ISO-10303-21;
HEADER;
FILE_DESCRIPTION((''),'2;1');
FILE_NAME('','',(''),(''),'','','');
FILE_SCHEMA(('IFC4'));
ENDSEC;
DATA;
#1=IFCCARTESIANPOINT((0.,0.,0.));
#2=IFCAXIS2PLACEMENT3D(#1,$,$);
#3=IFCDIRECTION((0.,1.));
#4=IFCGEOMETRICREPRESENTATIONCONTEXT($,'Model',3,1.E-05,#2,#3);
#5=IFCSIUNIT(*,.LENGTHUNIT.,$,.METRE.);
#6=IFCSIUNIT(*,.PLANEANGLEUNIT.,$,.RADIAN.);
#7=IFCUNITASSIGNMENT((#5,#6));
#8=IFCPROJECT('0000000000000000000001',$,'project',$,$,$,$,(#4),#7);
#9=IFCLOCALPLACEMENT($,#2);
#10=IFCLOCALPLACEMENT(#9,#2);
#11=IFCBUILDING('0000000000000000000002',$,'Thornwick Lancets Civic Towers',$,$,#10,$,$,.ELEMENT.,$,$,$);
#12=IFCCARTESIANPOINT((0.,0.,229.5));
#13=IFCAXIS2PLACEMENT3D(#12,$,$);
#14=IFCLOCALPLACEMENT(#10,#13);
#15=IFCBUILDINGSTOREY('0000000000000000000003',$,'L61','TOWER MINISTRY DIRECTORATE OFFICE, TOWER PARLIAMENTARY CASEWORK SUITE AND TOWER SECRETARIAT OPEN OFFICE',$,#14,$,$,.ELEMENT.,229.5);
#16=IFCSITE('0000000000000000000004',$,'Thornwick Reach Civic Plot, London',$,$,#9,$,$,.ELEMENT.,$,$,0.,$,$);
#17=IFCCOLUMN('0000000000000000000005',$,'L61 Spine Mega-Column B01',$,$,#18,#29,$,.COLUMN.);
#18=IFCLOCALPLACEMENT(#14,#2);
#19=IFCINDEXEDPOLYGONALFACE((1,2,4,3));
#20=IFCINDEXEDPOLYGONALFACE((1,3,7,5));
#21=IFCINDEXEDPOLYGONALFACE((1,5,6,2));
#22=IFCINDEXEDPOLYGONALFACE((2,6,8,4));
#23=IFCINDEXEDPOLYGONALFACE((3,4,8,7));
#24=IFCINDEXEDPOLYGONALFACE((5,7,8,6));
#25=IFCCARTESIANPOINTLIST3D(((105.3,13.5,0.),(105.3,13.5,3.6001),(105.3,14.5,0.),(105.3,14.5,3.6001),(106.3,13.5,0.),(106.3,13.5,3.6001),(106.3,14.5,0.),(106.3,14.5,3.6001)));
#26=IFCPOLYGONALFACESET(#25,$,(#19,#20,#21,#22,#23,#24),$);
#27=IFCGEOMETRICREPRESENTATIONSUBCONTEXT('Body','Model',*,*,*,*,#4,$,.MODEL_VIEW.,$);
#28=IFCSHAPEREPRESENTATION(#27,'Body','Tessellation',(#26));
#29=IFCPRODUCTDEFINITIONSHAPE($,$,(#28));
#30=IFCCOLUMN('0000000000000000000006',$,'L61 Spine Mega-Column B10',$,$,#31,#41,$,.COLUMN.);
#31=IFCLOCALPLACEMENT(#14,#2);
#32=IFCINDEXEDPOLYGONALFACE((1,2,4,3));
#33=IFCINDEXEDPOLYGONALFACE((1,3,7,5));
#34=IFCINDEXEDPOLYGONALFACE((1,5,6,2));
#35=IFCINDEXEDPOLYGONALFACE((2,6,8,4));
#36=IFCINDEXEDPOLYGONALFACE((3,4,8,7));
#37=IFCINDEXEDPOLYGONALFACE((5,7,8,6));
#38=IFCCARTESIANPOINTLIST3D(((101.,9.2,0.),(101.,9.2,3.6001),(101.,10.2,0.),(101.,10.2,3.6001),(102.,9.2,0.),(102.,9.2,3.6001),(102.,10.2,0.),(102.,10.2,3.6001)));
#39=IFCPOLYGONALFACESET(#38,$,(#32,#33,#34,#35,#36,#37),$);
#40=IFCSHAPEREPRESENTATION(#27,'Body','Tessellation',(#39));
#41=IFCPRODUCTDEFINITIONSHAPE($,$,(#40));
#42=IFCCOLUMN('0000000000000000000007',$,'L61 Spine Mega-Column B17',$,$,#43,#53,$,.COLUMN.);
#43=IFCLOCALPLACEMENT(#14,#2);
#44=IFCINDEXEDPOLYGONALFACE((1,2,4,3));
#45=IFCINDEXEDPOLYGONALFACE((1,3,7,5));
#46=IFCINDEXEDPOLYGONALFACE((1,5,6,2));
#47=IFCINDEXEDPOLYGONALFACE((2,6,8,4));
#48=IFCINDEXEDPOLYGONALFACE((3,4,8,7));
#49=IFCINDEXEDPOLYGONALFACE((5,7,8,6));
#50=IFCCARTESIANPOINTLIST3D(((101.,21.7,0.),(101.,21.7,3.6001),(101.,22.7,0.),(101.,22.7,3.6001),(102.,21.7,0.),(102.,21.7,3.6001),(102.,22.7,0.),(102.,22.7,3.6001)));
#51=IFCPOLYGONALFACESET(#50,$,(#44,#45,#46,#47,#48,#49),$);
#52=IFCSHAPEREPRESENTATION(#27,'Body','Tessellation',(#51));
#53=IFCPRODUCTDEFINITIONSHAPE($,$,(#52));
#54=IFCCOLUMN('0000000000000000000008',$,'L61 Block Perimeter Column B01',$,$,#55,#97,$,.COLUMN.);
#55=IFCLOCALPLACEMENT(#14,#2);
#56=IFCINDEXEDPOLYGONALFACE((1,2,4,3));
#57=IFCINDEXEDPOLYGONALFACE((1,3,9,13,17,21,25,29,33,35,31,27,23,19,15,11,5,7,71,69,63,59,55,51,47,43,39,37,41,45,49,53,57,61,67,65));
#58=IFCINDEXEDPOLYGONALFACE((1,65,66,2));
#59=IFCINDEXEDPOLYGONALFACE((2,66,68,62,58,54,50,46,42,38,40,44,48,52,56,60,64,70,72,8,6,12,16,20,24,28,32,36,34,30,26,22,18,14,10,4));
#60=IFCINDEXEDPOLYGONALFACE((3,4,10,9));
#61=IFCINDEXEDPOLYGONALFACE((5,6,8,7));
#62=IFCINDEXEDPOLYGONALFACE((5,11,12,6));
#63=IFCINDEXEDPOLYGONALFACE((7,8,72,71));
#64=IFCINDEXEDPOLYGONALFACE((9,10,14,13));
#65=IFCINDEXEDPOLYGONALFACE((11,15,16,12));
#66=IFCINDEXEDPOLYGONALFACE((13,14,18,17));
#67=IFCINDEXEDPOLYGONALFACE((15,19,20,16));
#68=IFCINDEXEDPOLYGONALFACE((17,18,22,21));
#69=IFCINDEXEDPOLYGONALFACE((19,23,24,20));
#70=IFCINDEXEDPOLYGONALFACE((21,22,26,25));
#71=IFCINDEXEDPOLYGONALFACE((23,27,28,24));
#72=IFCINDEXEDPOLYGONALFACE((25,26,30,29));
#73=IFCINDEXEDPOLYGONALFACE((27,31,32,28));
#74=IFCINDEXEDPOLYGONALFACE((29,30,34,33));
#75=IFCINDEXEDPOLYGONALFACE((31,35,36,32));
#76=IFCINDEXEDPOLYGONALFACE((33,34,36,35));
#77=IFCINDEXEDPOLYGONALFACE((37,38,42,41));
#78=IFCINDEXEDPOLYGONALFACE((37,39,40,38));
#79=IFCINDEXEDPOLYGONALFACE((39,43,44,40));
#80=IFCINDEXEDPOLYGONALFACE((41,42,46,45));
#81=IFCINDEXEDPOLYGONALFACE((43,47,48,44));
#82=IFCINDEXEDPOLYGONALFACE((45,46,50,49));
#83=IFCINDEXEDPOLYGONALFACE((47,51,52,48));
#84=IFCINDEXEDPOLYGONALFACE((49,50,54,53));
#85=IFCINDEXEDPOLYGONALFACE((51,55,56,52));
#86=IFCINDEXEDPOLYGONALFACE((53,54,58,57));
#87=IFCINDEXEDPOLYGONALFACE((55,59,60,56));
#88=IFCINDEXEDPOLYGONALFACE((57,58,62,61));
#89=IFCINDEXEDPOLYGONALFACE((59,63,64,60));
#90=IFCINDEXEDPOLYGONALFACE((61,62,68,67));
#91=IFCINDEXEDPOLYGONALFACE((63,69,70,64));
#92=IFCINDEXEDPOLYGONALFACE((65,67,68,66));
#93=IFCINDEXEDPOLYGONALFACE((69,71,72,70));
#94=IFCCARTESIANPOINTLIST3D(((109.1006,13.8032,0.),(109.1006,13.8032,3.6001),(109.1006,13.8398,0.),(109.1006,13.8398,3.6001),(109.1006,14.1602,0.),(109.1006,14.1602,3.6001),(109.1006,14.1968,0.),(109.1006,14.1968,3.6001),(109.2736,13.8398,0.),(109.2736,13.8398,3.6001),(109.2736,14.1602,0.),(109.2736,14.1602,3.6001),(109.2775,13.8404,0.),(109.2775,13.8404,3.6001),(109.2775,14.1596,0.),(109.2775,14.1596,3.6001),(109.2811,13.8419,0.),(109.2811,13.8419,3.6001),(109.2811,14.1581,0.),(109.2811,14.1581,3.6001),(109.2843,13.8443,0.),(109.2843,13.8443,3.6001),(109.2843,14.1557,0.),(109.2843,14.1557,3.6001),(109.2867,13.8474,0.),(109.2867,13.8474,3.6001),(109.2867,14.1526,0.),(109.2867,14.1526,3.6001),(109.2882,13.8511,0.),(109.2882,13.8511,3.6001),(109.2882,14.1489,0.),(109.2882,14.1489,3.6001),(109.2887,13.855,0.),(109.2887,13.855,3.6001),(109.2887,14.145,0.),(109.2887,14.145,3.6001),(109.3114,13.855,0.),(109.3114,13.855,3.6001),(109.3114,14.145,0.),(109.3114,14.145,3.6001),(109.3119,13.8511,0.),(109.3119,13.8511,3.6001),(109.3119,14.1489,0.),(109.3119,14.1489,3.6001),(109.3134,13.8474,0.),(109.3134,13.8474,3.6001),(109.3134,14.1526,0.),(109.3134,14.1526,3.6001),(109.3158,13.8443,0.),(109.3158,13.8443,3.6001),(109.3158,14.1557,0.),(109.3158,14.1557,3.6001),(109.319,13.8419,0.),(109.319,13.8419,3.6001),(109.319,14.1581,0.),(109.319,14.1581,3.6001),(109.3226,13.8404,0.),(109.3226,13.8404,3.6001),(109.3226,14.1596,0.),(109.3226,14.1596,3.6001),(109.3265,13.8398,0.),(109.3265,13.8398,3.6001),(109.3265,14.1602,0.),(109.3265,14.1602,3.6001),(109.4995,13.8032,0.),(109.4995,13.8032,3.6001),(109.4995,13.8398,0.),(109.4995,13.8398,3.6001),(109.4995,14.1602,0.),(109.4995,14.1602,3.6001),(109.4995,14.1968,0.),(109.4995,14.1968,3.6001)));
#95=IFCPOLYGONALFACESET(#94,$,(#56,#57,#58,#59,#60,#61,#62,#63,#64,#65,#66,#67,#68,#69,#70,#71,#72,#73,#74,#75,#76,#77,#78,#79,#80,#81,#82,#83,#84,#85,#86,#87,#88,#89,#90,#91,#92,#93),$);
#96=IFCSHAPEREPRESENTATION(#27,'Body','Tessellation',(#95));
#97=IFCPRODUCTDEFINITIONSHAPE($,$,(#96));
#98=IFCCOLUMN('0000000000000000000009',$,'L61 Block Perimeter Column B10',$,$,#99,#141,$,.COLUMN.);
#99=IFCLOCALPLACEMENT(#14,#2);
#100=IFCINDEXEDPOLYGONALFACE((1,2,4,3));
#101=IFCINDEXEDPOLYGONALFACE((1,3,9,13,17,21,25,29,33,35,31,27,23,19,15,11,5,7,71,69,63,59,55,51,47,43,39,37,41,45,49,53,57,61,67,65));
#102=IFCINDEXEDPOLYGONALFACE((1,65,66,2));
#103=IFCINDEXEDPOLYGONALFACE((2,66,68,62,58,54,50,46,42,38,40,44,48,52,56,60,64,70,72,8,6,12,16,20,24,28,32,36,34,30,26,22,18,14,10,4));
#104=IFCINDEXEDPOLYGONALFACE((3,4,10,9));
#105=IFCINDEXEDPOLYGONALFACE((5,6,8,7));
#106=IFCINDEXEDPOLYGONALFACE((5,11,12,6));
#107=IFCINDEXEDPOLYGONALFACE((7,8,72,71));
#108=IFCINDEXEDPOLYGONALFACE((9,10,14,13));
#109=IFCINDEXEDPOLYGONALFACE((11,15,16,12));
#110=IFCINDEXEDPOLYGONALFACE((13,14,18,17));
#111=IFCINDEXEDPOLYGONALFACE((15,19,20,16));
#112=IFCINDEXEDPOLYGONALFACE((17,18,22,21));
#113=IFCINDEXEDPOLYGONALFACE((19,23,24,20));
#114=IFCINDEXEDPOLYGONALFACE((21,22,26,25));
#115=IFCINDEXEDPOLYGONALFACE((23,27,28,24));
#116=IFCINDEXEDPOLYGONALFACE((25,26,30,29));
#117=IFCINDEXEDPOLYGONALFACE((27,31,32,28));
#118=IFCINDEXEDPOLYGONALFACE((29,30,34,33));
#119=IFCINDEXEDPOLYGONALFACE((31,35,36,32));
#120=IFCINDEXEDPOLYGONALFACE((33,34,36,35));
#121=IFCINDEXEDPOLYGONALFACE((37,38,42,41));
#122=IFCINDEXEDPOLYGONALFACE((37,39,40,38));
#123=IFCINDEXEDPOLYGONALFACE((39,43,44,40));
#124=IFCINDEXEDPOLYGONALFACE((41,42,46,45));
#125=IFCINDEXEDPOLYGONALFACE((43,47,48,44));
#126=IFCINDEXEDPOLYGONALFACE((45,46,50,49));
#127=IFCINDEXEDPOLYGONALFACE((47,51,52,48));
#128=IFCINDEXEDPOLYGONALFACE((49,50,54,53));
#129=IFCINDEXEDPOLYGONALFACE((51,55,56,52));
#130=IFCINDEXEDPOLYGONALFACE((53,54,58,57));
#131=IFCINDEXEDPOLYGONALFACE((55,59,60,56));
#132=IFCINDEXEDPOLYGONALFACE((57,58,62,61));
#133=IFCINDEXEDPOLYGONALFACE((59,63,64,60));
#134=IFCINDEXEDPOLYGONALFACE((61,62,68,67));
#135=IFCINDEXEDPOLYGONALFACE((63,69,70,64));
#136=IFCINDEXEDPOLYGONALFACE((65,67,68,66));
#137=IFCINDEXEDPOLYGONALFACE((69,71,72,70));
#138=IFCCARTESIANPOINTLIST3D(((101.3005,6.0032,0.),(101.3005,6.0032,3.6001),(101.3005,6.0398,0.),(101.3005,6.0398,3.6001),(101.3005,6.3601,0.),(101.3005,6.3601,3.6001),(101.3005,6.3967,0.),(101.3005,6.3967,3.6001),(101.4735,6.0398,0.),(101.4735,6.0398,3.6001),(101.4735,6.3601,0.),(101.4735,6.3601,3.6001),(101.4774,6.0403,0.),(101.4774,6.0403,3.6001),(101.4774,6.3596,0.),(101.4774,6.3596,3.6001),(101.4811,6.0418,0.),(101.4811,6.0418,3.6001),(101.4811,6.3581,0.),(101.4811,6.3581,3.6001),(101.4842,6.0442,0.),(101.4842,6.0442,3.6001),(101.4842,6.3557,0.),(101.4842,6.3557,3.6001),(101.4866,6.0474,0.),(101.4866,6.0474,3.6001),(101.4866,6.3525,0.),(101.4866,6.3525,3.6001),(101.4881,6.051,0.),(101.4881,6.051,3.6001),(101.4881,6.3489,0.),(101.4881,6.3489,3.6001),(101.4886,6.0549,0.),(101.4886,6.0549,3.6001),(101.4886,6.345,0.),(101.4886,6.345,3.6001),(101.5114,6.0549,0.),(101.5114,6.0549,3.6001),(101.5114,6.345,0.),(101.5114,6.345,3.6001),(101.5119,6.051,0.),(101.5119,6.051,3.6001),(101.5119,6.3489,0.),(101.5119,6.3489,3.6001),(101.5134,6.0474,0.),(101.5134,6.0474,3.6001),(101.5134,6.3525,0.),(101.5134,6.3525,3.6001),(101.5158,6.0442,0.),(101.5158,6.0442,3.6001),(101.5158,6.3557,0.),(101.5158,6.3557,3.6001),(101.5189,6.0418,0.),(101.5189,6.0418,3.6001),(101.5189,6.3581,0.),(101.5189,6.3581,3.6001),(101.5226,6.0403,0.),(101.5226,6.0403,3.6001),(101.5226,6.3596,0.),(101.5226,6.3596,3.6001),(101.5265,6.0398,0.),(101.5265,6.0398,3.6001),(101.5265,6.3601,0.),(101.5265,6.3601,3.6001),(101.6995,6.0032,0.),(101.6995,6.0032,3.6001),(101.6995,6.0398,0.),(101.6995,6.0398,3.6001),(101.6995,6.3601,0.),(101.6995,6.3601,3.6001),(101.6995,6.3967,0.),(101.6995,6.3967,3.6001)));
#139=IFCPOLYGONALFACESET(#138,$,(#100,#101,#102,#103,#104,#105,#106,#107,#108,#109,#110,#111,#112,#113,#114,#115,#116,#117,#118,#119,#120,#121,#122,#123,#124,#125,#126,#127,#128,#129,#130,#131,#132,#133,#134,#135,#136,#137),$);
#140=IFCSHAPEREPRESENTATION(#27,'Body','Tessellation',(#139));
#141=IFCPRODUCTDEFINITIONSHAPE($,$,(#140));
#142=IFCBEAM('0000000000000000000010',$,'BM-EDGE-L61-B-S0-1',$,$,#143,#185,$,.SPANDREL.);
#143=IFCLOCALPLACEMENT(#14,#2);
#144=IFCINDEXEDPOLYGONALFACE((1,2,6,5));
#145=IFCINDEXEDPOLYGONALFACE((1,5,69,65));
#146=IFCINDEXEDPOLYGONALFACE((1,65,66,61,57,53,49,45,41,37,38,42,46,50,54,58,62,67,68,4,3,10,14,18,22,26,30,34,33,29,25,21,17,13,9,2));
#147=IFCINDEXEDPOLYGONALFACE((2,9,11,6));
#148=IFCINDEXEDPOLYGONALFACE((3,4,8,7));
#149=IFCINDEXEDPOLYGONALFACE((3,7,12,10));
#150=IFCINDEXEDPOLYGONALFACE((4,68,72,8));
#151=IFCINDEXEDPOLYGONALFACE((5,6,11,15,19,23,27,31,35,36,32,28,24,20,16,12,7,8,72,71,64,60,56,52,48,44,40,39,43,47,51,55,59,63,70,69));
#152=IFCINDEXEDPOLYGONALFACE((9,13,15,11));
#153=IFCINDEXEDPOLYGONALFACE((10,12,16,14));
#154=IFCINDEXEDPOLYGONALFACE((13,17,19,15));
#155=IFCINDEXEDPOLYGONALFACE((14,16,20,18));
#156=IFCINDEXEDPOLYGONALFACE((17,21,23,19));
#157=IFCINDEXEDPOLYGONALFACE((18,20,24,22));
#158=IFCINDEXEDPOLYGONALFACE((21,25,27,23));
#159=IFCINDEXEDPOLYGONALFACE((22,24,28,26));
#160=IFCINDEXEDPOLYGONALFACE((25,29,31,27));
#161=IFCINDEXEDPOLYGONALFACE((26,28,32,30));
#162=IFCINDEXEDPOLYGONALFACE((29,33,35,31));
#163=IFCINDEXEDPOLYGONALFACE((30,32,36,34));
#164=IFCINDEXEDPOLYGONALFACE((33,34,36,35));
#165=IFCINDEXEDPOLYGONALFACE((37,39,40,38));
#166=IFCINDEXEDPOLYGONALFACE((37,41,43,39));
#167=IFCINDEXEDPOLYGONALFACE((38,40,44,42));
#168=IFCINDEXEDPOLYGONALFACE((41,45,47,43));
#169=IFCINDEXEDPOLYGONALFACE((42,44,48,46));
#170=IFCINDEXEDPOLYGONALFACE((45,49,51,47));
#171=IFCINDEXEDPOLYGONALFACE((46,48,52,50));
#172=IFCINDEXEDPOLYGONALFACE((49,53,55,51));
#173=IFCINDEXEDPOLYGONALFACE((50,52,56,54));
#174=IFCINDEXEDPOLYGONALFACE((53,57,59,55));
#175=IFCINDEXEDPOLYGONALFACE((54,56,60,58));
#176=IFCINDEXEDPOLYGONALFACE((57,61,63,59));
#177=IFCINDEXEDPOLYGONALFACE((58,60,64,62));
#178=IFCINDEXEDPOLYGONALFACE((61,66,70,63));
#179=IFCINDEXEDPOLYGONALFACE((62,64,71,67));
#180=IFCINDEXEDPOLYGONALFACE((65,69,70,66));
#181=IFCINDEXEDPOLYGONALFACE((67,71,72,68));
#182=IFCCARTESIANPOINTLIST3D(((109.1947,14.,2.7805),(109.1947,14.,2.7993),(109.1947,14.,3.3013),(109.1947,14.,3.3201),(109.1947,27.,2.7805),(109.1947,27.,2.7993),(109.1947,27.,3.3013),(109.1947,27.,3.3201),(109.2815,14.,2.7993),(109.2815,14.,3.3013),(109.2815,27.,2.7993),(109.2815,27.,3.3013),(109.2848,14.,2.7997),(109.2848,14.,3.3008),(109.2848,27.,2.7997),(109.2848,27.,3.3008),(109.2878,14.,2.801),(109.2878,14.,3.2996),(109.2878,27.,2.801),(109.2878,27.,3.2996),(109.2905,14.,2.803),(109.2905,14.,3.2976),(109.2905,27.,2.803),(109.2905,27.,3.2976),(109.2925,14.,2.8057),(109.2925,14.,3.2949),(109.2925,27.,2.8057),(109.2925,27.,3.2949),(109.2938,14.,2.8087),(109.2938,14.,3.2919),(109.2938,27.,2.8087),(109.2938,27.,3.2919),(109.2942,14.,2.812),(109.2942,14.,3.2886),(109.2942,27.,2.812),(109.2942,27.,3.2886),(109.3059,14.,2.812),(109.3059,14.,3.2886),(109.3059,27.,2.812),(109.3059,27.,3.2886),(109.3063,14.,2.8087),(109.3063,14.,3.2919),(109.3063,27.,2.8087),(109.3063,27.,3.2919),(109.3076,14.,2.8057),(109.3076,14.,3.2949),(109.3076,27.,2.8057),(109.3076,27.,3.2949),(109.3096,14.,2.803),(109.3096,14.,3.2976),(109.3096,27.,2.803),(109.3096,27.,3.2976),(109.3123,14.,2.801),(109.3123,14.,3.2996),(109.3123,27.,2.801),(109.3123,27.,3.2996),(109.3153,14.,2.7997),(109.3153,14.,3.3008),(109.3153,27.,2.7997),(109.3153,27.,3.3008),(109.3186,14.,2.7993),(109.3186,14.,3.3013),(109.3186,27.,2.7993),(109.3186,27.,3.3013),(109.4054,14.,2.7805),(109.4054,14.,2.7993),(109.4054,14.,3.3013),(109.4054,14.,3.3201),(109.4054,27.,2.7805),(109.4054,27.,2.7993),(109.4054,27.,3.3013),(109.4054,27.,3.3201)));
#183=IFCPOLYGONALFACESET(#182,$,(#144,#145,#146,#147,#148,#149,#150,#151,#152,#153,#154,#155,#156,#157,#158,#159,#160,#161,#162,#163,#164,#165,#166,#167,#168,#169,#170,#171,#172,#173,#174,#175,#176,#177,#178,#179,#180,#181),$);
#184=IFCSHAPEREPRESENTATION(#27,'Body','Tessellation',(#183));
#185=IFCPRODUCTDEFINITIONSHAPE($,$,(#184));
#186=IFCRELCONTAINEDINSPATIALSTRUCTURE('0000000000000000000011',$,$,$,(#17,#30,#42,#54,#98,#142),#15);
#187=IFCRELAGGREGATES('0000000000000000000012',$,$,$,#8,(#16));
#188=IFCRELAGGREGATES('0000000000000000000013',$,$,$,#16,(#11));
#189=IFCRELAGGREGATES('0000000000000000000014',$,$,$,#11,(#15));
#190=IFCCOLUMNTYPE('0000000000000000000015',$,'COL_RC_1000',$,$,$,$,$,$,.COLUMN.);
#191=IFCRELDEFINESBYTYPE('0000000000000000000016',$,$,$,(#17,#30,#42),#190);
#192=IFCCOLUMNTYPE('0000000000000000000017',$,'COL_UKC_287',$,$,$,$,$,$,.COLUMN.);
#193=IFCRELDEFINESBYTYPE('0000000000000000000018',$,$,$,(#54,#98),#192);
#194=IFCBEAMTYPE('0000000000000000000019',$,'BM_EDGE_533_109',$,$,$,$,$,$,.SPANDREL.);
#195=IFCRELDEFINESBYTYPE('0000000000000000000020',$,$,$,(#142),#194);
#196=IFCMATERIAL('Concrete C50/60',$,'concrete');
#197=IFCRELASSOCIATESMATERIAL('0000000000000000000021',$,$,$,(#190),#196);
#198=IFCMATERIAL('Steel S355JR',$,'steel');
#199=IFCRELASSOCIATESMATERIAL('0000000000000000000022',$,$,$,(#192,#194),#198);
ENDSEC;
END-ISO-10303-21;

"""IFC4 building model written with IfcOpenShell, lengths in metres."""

from ifc_helpers import new_model, si_unit, direction, frame, origin, origin_2d, place, context, subcontext, project, spatial, rectangle, i_section, extrude, material, material_profile, profile_set, type_object, element, save


model = new_model("IFC4")

# Units and contexts
model_context = context("Model", 3, precision=1e-05, world=origin(), true_north=direction((0.0, 1.0)))
body_context = subcontext(model_context, "Body", "Model", "MODEL_VIEW")
ifc_project = project(units=[si_unit("LENGTHUNIT", "METRE"), si_unit("PLANEANGLEUNIT", "RADIAN")], contexts=[model_context])

# Site, building, storey
site_placement = place(None, origin())
site = spatial("IfcSite", under=ifc_project, at=site_placement, Name="Thornwick Reach Civic Plot, London", CompositionType="ELEMENT", RefElevation=0.0)
building_placement = place(site_placement, origin())
building = spatial("IfcBuilding", under=site, at=building_placement, Name="Thornwick Lancets Civic Towers", CompositionType="ELEMENT")
storey_placement = place(building_placement, frame((0.0, 0.0, 229.5)))
storey = spatial("IfcBuildingStorey", under=building, at=storey_placement, Name="L61", Description="TOWER MINISTRY DIRECTORATE OFFICE, TOWER PARLIAMENTARY CASEWORK SUITE AND TOWER SECRETARIAT OPEN OFFICE", CompositionType="ELEMENT", Elevation=229.5)

# Columns
ifc_material_1 = material(Name="Concrete C50/60", Category="concrete")
ifc_material_profile_1 = material_profile(ifc_material_1, rectangle(XDim=1.0, YDim=1.0, at=origin_2d()), Name="RC 1000x1000")
ifc_profile_set_1 = profile_set([ifc_material_profile_1], Name="Concrete C50/60")
column_type_1 = type_object("IfcColumnType", Name="COL_RC_1000", PredefinedType="COLUMN", material=ifc_profile_set_1)
for number, where, z_axis, x_axis, name in (
    (1, (105.8, 14.0, 0.0), (0.0, 0.0, 1.0), (1.0, 0.0, 0.0), "L61 Spine Mega-Column B01"),
    (2, (101.5, 9.7, 0.0), (0.0, 0.0, 1.0), (1.0, 0.0, 0.0), "L61 Spine Mega-Column B10"),
    (3, (101.5, 22.2, 0.0), (0.0, 0.0, 1.0), (1.0, 0.0, 0.0), "L61 Spine Mega-Column B17"),
):
    element("IfcColumn", number, at=place(storey_placement, frame(where, z_axis=z_axis, x_axis=x_axis)), inside=storey, type_object=column_type_1, Name=name, PredefinedType="COLUMN", context=body_context, shape_type="SweptSolid", body=[
        extrude(rectangle(XDim=1.0, YDim=1.0, at=origin_2d()), origin(), (0.0, 0.0, 1.0), 3.6001),
    ])
ifc_material_2 = material(Name="Steel S355JR", Category="steel")
ifc_material_profile_2 = material_profile(ifc_material_2, i_section(OverallWidth=0.3989, OverallDepth=0.3936, WebThickness=0.0227, FlangeThickness=0.0366, FilletRadius=0.0151, at=origin_2d()), Name="UKC 356x406x287")
ifc_profile_set_2 = profile_set([ifc_material_profile_2], Name="Steel S355JR")
column_type_2 = type_object("IfcColumnType", Name="COL_UKC_287", PredefinedType="COLUMN", material=ifc_profile_set_2)
for number, where, z_axis, x_axis, name in (
    (4, (109.3, 14.0, 0.0), (0.0, 0.0, 1.0), (1.0, 0.0, 0.0), "L61 Block Perimeter Column B01"),
    (5, (101.5, 6.2, 0.0), (0.0, 0.0, 1.0), (1.0, 0.0, 0.0), "L61 Block Perimeter Column B10"),
):
    element("IfcColumn", number, at=place(storey_placement, frame(where, z_axis=z_axis, x_axis=x_axis)), inside=storey, type_object=column_type_2, Name=name, PredefinedType="COLUMN", context=body_context, shape_type="SweptSolid", body=[
        extrude(i_section(OverallWidth=0.3989, OverallDepth=0.3936, WebThickness=0.0227, FlangeThickness=0.0366, FilletRadius=0.0151, at=origin_2d()), origin(), (0.0, 0.0, 1.0), 3.6001),
    ])

# Beam
ifc_material_profile_3 = material_profile(ifc_material_2, i_section(OverallWidth=0.2107, OverallDepth=0.5396, WebThickness=0.0117, FlangeThickness=0.0188, FilletRadius=0.0127, at=origin_2d()), Name="UKB 533x210x109")
ifc_profile_set_3 = profile_set([ifc_material_profile_3], Name="Steel S355JR")
beam_type_1 = type_object("IfcBeamType", Name="BM_EDGE_533_109", PredefinedType="SPANDREL", material=ifc_profile_set_3)
for number, where, z_axis, x_axis, name in (
    (6, (109.3, 14.0, 3.0503), (0.0, 1.0, 0.0), (-1.0, 0.0, 0.0), "BM-EDGE-L61-B-S0-1"),
):
    element("IfcBeam", number, at=place(storey_placement, frame(where, z_axis=z_axis, x_axis=x_axis)), inside=storey, type_object=beam_type_1, Name=name, PredefinedType="SPANDREL", context=body_context, shape_type="SweptSolid", body=[
        extrude(i_section(OverallWidth=0.2107, OverallDepth=0.5396, WebThickness=0.0117, FlangeThickness=0.0188, FilletRadius=0.0127, at=origin_2d()), origin(), (0.0, 0.0, 1.0), 13.0),
    ])

save(model, "model.ifc")
